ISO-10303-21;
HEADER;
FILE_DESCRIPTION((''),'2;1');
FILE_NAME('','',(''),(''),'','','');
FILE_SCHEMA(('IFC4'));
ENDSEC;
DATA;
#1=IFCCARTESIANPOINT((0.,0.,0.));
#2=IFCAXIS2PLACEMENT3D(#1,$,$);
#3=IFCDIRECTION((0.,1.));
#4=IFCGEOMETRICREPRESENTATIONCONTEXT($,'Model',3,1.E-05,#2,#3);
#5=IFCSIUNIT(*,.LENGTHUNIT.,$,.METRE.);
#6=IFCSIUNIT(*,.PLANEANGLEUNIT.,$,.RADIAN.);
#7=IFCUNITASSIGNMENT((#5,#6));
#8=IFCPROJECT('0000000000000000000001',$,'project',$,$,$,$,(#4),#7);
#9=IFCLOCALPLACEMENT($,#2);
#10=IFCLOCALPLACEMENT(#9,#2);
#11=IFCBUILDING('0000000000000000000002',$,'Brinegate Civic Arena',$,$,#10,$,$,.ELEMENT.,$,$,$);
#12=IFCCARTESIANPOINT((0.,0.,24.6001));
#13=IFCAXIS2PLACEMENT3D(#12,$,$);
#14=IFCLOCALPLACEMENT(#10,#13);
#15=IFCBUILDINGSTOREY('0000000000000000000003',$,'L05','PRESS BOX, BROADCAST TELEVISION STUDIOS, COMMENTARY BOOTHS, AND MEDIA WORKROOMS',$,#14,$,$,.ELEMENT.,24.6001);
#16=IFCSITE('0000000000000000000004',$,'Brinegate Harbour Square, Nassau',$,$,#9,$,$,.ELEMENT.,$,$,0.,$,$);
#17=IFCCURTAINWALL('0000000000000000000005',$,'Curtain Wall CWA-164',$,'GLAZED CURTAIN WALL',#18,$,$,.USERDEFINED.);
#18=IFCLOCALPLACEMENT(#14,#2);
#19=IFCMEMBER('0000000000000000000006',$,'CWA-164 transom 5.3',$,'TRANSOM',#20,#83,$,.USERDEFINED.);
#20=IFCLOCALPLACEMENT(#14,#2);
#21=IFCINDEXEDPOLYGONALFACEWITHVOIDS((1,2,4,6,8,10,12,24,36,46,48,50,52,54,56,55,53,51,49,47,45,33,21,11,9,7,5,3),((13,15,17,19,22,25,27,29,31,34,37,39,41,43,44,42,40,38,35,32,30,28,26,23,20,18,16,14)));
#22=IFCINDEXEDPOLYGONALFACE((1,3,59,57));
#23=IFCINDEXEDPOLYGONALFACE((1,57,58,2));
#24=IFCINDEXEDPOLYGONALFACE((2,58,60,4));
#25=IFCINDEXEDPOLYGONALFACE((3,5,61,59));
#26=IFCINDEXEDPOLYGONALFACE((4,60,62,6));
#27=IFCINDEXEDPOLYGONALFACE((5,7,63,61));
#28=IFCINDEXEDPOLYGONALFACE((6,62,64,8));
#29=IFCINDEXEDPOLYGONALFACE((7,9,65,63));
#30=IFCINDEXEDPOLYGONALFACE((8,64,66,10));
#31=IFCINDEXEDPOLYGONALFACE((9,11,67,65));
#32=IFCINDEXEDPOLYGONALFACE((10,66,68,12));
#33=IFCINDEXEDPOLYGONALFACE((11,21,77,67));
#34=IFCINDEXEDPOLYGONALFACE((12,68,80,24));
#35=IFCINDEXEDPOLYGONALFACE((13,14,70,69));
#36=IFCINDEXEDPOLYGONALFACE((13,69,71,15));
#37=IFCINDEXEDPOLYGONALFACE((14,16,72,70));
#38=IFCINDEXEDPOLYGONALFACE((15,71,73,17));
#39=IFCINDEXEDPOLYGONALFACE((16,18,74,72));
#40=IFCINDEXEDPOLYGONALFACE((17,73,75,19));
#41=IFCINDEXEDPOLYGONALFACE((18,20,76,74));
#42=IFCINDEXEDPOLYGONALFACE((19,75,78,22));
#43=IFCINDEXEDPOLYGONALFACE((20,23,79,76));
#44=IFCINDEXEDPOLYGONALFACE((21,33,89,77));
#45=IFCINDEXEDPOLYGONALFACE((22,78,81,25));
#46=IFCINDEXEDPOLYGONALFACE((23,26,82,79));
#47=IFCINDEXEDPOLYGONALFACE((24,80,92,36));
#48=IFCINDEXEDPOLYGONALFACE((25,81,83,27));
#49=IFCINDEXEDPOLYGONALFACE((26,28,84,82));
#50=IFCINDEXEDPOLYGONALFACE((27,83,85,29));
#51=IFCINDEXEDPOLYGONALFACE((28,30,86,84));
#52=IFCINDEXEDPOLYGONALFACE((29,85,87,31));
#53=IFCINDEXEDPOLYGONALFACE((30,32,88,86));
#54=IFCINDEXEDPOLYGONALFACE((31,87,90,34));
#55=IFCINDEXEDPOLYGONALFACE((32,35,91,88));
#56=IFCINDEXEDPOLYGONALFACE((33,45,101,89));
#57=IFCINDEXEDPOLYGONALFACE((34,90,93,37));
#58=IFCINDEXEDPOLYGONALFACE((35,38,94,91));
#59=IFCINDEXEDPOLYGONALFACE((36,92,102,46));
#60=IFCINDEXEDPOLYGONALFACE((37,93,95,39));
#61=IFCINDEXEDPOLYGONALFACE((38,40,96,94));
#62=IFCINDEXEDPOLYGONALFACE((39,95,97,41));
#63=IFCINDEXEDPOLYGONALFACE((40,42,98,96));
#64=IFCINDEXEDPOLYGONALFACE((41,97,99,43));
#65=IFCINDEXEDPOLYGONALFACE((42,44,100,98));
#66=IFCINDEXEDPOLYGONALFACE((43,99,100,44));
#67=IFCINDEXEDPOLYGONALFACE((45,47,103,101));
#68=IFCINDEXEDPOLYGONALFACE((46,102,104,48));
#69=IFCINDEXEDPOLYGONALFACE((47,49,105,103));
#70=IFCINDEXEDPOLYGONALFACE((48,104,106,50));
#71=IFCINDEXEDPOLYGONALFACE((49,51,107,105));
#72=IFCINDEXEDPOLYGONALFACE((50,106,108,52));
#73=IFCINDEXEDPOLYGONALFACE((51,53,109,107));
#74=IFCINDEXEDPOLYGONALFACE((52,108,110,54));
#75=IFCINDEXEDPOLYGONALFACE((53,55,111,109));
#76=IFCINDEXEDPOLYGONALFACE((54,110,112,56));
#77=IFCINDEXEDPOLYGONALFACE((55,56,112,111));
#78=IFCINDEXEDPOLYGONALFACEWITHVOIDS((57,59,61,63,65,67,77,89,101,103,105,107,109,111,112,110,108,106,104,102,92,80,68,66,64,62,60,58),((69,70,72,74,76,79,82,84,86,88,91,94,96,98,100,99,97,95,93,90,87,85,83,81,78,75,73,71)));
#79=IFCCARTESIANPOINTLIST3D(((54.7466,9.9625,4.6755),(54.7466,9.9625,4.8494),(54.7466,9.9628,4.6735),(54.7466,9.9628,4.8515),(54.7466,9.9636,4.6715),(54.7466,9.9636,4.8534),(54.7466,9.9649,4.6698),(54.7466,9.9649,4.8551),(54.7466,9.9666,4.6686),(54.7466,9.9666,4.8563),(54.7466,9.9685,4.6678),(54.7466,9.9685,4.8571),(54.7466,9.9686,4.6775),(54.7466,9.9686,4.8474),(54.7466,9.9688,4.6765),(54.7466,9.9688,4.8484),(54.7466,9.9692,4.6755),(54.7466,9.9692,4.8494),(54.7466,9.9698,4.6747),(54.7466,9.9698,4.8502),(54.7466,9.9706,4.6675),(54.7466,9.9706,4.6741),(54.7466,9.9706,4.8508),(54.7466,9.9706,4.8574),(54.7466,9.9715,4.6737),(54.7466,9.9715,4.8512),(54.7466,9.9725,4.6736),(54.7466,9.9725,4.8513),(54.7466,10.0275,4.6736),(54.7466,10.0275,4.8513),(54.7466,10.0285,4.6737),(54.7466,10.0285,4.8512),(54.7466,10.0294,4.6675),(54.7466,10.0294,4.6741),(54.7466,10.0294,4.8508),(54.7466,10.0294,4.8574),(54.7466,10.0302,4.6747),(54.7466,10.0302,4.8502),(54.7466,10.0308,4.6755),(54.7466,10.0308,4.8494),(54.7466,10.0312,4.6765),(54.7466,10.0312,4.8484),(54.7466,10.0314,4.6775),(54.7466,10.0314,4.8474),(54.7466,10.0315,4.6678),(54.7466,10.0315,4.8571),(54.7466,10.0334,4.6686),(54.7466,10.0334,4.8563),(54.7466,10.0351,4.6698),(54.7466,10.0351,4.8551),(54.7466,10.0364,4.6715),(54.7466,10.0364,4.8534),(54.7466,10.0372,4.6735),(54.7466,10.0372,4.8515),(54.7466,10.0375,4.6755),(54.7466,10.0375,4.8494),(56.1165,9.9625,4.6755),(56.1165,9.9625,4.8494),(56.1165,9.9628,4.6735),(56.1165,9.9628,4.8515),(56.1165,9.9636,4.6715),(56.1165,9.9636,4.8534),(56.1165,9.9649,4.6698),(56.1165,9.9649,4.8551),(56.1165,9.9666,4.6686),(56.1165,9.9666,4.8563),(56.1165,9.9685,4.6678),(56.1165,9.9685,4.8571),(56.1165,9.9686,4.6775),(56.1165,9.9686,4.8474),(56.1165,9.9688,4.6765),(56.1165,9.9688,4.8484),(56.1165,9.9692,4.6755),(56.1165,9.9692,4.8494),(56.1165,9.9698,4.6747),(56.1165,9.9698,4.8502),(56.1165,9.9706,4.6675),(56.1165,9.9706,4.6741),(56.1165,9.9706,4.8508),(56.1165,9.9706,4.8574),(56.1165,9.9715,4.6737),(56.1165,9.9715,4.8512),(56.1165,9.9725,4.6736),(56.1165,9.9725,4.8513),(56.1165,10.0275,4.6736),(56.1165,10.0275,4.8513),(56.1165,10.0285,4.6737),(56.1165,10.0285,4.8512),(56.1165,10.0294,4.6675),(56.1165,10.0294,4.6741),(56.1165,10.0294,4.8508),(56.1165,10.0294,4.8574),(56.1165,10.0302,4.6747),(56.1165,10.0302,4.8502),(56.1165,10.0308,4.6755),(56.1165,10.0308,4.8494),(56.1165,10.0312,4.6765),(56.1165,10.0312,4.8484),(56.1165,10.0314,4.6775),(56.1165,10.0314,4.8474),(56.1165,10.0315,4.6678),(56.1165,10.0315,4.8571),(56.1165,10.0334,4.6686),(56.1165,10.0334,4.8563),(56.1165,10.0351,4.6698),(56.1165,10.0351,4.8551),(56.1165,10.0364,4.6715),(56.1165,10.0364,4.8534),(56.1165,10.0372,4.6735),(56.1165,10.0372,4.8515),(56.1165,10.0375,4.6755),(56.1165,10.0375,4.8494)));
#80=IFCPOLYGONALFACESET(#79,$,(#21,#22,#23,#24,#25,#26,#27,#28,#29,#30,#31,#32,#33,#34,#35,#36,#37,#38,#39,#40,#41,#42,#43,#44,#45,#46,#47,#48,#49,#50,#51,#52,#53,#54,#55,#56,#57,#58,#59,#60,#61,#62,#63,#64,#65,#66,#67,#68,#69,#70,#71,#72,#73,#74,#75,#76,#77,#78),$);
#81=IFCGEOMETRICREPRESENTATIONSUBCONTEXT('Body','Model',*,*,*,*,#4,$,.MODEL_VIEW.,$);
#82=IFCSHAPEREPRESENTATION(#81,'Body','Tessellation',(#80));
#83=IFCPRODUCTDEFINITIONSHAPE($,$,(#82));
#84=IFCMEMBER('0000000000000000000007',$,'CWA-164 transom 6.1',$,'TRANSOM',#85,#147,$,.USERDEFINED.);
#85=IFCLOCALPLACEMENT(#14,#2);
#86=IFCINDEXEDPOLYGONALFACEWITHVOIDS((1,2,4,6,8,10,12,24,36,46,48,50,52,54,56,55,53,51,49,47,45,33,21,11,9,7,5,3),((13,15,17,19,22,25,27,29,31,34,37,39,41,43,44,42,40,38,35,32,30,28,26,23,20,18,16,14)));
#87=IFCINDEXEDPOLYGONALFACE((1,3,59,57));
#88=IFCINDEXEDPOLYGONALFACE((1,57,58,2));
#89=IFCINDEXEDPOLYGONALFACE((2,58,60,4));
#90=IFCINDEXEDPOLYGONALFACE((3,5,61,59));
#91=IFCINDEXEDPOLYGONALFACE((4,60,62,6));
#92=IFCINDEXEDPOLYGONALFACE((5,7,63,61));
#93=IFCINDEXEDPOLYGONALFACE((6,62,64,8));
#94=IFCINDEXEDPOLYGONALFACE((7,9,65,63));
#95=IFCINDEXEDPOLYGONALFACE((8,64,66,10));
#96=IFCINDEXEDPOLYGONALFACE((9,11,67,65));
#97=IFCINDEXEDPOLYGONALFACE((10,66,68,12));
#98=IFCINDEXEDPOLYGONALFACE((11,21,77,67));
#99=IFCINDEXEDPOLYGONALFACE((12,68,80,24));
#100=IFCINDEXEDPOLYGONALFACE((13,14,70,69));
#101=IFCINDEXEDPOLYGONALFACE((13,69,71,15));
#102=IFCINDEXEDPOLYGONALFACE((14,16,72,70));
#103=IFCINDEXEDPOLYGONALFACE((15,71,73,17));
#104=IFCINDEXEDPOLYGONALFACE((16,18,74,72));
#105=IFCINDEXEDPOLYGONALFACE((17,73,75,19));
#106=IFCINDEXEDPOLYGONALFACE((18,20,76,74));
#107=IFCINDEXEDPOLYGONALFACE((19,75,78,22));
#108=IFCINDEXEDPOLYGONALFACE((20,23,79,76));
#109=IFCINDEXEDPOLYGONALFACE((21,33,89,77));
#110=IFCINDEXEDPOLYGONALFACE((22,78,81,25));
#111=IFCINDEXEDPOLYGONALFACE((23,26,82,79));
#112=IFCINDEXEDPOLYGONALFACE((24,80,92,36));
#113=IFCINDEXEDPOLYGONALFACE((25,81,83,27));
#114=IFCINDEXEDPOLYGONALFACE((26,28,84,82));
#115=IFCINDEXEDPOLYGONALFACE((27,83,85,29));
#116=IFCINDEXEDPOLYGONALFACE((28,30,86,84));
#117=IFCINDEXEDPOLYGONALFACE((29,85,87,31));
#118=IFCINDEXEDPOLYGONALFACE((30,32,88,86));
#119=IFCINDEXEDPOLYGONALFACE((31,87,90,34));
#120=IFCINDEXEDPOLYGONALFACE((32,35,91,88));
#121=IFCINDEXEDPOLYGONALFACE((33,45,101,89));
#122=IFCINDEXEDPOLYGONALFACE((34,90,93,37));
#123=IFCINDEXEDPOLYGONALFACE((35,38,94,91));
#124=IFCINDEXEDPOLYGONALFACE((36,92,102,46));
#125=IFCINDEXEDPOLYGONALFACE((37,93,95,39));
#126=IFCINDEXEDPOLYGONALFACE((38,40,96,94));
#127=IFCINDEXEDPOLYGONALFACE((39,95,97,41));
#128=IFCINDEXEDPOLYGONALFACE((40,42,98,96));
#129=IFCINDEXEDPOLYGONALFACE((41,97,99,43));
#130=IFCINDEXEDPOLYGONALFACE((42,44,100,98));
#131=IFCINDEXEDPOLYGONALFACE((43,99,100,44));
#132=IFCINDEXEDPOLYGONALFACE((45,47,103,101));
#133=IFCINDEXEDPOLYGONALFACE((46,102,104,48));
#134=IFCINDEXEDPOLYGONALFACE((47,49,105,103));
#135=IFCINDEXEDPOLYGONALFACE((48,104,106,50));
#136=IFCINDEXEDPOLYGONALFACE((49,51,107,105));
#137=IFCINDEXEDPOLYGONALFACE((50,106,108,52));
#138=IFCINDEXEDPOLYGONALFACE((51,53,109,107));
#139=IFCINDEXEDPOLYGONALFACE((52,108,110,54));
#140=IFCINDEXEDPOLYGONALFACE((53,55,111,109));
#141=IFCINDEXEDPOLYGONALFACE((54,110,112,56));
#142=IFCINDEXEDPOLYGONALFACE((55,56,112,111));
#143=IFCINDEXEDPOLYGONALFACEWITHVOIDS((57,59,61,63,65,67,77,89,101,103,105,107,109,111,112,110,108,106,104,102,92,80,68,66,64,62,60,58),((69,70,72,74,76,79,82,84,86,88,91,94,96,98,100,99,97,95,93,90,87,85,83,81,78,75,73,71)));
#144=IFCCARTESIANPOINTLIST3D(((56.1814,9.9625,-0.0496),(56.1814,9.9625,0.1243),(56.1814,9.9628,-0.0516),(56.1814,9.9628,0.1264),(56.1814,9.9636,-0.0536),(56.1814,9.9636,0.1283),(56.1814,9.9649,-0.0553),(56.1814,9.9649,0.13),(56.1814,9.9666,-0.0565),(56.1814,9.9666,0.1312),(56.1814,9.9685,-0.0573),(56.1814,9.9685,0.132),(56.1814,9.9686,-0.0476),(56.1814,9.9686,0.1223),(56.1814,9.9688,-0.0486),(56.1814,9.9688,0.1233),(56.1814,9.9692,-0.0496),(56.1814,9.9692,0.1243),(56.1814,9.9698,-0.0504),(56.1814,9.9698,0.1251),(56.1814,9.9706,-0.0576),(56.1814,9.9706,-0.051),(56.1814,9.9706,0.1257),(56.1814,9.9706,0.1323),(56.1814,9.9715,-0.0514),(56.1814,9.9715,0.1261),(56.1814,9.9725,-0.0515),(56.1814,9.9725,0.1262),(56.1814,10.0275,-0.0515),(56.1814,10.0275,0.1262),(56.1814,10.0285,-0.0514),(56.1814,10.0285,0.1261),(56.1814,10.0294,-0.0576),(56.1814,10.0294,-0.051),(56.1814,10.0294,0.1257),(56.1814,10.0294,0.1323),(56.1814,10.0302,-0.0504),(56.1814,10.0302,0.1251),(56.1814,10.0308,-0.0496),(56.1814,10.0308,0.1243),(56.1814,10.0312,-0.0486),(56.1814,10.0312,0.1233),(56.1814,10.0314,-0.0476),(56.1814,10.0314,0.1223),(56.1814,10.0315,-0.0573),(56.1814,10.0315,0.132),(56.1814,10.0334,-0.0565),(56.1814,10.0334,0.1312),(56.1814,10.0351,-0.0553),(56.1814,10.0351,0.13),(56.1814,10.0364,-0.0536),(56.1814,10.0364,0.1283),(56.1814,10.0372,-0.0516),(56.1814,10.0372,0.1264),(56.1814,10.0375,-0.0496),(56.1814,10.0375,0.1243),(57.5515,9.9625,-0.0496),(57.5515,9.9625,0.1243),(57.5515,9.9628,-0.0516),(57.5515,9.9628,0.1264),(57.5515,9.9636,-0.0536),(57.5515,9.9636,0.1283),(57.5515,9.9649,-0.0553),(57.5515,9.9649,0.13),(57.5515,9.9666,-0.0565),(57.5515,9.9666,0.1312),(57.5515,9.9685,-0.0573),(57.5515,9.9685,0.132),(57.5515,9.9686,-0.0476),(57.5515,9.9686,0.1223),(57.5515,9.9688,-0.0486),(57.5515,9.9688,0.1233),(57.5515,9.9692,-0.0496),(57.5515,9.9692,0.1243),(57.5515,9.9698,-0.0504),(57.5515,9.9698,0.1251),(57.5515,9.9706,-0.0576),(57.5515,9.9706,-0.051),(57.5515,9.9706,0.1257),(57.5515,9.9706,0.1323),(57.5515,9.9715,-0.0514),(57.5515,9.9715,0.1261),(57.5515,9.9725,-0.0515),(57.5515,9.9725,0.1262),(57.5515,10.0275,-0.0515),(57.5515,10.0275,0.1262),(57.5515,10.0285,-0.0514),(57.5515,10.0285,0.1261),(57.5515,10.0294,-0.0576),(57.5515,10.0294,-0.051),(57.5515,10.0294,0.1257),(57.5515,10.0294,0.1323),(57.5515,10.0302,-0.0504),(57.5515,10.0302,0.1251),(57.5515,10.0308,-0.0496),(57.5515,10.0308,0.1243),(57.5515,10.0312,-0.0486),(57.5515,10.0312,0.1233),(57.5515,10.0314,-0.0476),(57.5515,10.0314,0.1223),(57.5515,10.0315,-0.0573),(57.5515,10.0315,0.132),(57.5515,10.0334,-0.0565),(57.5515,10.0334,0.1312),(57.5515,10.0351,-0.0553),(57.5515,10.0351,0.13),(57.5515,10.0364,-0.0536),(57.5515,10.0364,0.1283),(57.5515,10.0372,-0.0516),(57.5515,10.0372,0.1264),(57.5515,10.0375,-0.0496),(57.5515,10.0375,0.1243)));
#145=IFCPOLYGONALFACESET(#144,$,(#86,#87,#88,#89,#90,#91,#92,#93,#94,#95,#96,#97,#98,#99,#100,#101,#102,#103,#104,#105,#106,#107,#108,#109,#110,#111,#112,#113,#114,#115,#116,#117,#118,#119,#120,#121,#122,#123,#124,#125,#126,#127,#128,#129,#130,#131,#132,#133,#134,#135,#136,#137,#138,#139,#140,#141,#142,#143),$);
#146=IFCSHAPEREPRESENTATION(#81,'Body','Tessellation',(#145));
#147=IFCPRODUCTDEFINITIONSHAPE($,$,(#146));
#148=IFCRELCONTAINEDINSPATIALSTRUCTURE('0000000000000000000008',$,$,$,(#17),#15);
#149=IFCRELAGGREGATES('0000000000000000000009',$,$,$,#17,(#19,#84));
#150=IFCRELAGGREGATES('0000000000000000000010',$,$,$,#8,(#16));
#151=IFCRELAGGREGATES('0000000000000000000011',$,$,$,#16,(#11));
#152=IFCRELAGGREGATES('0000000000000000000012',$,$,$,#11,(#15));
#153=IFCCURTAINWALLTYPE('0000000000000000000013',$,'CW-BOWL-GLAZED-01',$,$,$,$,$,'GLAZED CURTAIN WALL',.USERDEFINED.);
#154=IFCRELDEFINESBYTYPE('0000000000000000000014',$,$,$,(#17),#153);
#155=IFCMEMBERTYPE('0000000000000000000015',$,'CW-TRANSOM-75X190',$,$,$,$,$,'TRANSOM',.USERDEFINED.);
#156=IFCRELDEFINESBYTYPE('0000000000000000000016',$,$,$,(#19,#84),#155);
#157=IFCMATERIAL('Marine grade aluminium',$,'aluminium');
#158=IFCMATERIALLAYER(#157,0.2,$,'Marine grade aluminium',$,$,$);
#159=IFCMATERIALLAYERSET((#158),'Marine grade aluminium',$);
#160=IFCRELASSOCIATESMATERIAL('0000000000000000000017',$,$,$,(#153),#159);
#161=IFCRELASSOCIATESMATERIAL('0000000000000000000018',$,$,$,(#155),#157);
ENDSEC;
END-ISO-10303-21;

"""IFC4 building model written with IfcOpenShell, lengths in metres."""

from ifc_helpers import new_model, si_unit, direction, frame, origin, origin_2d, place, context, subcontext, project, spatial, hollow_rectangle, extrude, material, layer, layer_set, material_profile, profile_set, type_object, element, aggregate, save


model = new_model("IFC4")

# Units and contexts
model_context = context("Model", 3, precision=1e-05, world=origin(), true_north=direction((0.0, 1.0)))
body_context = subcontext(model_context, "Body", "Model", "MODEL_VIEW")
ifc_project = project(units=[si_unit("LENGTHUNIT", "METRE"), si_unit("PLANEANGLEUNIT", "RADIAN")], contexts=[model_context])

# Site, building, storey
site_placement = place(None, origin())
site = spatial("IfcSite", under=ifc_project, at=site_placement, Name="Brinegate Harbour Square, Nassau", CompositionType="ELEMENT", RefElevation=0.0)
building_placement = place(site_placement, origin())
building = spatial("IfcBuilding", under=site, at=building_placement, Name="Brinegate Civic Arena", CompositionType="ELEMENT")
storey_placement = place(building_placement, frame((0.0, 0.0, 24.6001)))
storey = spatial("IfcBuildingStorey", under=building, at=storey_placement, Name="L05", Description="PRESS BOX, BROADCAST TELEVISION STUDIOS, COMMENTARY BOOTHS, AND MEDIA WORKROOMS", CompositionType="ELEMENT", Elevation=24.6001)

# Curtain wall
ifc_material_1 = material(Name="Marine grade aluminium", Category="aluminium")
ifc_layer_1 = layer(ifc_material_1, 0.2, Name="Marine grade aluminium")
ifc_layer_set_1 = layer_set([ifc_layer_1], Name="Marine grade aluminium")
curtain_wall_type = type_object("IfcCurtainWallType", Name="CW-BOWL-GLAZED-01", ElementType="GLAZED CURTAIN WALL", PredefinedType="USERDEFINED", material=ifc_layer_set_1)
curtain_wall_1_placement = place(storey_placement, origin())
curtain_wall_1 = element("IfcCurtainWall", 1, at=curtain_wall_1_placement, inside=storey, type_object=curtain_wall_type, Name="Curtain Wall CWA-164", ObjectType="GLAZED CURTAIN WALL", PredefinedType="USERDEFINED")

# Members
ifc_material_profile_1 = material_profile(ifc_material_1, hollow_rectangle(XDim=0.075, YDim=0.1899, WallThickness=0.0061, InnerFilletRadius=0.0039, OuterFilletRadius=0.0081, at=origin_2d()), Name="TRN75X190")
ifc_profile_set_1 = profile_set([ifc_material_profile_1], Name="Marine grade aluminium")
member_type_1 = type_object("IfcMemberType", Name="CW-TRANSOM-75X190", ElementType="TRANSOM", PredefinedType="USERDEFINED", material=ifc_profile_set_1)
member_1_placement = place(storey_placement, frame((54.7466, 10.0, 4.7625), z_axis=(1.0, 0.0, 0.0), x_axis=(0.0, 1.0, 0.0)))
member_1 = element("IfcMember", 2, at=member_1_placement, type_object=member_type_1, Name="CWA-164 transom 5.3", ObjectType="TRANSOM", PredefinedType="USERDEFINED", context=body_context, shape_type="SweptSolid", body=[
    extrude(hollow_rectangle(XDim=0.075, YDim=0.1899, WallThickness=0.0061, InnerFilletRadius=0.0039, OuterFilletRadius=0.0081, at=origin_2d()), origin(), (0.0, 0.0, 1.0), 1.3699),
])
member_2_placement = place(storey_placement, frame((56.1814, 10.0, 0.0374), z_axis=(1.0, 0.0, 0.0), x_axis=(0.0, 1.0, 0.0)))
member_2 = element("IfcMember", 3, at=member_2_placement, type_object=member_type_1, Name="CWA-164 transom 6.1", ObjectType="TRANSOM", PredefinedType="USERDEFINED", context=body_context, shape_type="SweptSolid", body=[
    extrude(hollow_rectangle(XDim=0.075, YDim=0.1899, WallThickness=0.0061, InnerFilletRadius=0.0039, OuterFilletRadius=0.0081, at=origin_2d()), origin(), (0.0, 0.0, 1.0), 1.3701),
])

aggregate(curtain_wall_1, [member_1, member_2])

save(model, "model.ifc")
